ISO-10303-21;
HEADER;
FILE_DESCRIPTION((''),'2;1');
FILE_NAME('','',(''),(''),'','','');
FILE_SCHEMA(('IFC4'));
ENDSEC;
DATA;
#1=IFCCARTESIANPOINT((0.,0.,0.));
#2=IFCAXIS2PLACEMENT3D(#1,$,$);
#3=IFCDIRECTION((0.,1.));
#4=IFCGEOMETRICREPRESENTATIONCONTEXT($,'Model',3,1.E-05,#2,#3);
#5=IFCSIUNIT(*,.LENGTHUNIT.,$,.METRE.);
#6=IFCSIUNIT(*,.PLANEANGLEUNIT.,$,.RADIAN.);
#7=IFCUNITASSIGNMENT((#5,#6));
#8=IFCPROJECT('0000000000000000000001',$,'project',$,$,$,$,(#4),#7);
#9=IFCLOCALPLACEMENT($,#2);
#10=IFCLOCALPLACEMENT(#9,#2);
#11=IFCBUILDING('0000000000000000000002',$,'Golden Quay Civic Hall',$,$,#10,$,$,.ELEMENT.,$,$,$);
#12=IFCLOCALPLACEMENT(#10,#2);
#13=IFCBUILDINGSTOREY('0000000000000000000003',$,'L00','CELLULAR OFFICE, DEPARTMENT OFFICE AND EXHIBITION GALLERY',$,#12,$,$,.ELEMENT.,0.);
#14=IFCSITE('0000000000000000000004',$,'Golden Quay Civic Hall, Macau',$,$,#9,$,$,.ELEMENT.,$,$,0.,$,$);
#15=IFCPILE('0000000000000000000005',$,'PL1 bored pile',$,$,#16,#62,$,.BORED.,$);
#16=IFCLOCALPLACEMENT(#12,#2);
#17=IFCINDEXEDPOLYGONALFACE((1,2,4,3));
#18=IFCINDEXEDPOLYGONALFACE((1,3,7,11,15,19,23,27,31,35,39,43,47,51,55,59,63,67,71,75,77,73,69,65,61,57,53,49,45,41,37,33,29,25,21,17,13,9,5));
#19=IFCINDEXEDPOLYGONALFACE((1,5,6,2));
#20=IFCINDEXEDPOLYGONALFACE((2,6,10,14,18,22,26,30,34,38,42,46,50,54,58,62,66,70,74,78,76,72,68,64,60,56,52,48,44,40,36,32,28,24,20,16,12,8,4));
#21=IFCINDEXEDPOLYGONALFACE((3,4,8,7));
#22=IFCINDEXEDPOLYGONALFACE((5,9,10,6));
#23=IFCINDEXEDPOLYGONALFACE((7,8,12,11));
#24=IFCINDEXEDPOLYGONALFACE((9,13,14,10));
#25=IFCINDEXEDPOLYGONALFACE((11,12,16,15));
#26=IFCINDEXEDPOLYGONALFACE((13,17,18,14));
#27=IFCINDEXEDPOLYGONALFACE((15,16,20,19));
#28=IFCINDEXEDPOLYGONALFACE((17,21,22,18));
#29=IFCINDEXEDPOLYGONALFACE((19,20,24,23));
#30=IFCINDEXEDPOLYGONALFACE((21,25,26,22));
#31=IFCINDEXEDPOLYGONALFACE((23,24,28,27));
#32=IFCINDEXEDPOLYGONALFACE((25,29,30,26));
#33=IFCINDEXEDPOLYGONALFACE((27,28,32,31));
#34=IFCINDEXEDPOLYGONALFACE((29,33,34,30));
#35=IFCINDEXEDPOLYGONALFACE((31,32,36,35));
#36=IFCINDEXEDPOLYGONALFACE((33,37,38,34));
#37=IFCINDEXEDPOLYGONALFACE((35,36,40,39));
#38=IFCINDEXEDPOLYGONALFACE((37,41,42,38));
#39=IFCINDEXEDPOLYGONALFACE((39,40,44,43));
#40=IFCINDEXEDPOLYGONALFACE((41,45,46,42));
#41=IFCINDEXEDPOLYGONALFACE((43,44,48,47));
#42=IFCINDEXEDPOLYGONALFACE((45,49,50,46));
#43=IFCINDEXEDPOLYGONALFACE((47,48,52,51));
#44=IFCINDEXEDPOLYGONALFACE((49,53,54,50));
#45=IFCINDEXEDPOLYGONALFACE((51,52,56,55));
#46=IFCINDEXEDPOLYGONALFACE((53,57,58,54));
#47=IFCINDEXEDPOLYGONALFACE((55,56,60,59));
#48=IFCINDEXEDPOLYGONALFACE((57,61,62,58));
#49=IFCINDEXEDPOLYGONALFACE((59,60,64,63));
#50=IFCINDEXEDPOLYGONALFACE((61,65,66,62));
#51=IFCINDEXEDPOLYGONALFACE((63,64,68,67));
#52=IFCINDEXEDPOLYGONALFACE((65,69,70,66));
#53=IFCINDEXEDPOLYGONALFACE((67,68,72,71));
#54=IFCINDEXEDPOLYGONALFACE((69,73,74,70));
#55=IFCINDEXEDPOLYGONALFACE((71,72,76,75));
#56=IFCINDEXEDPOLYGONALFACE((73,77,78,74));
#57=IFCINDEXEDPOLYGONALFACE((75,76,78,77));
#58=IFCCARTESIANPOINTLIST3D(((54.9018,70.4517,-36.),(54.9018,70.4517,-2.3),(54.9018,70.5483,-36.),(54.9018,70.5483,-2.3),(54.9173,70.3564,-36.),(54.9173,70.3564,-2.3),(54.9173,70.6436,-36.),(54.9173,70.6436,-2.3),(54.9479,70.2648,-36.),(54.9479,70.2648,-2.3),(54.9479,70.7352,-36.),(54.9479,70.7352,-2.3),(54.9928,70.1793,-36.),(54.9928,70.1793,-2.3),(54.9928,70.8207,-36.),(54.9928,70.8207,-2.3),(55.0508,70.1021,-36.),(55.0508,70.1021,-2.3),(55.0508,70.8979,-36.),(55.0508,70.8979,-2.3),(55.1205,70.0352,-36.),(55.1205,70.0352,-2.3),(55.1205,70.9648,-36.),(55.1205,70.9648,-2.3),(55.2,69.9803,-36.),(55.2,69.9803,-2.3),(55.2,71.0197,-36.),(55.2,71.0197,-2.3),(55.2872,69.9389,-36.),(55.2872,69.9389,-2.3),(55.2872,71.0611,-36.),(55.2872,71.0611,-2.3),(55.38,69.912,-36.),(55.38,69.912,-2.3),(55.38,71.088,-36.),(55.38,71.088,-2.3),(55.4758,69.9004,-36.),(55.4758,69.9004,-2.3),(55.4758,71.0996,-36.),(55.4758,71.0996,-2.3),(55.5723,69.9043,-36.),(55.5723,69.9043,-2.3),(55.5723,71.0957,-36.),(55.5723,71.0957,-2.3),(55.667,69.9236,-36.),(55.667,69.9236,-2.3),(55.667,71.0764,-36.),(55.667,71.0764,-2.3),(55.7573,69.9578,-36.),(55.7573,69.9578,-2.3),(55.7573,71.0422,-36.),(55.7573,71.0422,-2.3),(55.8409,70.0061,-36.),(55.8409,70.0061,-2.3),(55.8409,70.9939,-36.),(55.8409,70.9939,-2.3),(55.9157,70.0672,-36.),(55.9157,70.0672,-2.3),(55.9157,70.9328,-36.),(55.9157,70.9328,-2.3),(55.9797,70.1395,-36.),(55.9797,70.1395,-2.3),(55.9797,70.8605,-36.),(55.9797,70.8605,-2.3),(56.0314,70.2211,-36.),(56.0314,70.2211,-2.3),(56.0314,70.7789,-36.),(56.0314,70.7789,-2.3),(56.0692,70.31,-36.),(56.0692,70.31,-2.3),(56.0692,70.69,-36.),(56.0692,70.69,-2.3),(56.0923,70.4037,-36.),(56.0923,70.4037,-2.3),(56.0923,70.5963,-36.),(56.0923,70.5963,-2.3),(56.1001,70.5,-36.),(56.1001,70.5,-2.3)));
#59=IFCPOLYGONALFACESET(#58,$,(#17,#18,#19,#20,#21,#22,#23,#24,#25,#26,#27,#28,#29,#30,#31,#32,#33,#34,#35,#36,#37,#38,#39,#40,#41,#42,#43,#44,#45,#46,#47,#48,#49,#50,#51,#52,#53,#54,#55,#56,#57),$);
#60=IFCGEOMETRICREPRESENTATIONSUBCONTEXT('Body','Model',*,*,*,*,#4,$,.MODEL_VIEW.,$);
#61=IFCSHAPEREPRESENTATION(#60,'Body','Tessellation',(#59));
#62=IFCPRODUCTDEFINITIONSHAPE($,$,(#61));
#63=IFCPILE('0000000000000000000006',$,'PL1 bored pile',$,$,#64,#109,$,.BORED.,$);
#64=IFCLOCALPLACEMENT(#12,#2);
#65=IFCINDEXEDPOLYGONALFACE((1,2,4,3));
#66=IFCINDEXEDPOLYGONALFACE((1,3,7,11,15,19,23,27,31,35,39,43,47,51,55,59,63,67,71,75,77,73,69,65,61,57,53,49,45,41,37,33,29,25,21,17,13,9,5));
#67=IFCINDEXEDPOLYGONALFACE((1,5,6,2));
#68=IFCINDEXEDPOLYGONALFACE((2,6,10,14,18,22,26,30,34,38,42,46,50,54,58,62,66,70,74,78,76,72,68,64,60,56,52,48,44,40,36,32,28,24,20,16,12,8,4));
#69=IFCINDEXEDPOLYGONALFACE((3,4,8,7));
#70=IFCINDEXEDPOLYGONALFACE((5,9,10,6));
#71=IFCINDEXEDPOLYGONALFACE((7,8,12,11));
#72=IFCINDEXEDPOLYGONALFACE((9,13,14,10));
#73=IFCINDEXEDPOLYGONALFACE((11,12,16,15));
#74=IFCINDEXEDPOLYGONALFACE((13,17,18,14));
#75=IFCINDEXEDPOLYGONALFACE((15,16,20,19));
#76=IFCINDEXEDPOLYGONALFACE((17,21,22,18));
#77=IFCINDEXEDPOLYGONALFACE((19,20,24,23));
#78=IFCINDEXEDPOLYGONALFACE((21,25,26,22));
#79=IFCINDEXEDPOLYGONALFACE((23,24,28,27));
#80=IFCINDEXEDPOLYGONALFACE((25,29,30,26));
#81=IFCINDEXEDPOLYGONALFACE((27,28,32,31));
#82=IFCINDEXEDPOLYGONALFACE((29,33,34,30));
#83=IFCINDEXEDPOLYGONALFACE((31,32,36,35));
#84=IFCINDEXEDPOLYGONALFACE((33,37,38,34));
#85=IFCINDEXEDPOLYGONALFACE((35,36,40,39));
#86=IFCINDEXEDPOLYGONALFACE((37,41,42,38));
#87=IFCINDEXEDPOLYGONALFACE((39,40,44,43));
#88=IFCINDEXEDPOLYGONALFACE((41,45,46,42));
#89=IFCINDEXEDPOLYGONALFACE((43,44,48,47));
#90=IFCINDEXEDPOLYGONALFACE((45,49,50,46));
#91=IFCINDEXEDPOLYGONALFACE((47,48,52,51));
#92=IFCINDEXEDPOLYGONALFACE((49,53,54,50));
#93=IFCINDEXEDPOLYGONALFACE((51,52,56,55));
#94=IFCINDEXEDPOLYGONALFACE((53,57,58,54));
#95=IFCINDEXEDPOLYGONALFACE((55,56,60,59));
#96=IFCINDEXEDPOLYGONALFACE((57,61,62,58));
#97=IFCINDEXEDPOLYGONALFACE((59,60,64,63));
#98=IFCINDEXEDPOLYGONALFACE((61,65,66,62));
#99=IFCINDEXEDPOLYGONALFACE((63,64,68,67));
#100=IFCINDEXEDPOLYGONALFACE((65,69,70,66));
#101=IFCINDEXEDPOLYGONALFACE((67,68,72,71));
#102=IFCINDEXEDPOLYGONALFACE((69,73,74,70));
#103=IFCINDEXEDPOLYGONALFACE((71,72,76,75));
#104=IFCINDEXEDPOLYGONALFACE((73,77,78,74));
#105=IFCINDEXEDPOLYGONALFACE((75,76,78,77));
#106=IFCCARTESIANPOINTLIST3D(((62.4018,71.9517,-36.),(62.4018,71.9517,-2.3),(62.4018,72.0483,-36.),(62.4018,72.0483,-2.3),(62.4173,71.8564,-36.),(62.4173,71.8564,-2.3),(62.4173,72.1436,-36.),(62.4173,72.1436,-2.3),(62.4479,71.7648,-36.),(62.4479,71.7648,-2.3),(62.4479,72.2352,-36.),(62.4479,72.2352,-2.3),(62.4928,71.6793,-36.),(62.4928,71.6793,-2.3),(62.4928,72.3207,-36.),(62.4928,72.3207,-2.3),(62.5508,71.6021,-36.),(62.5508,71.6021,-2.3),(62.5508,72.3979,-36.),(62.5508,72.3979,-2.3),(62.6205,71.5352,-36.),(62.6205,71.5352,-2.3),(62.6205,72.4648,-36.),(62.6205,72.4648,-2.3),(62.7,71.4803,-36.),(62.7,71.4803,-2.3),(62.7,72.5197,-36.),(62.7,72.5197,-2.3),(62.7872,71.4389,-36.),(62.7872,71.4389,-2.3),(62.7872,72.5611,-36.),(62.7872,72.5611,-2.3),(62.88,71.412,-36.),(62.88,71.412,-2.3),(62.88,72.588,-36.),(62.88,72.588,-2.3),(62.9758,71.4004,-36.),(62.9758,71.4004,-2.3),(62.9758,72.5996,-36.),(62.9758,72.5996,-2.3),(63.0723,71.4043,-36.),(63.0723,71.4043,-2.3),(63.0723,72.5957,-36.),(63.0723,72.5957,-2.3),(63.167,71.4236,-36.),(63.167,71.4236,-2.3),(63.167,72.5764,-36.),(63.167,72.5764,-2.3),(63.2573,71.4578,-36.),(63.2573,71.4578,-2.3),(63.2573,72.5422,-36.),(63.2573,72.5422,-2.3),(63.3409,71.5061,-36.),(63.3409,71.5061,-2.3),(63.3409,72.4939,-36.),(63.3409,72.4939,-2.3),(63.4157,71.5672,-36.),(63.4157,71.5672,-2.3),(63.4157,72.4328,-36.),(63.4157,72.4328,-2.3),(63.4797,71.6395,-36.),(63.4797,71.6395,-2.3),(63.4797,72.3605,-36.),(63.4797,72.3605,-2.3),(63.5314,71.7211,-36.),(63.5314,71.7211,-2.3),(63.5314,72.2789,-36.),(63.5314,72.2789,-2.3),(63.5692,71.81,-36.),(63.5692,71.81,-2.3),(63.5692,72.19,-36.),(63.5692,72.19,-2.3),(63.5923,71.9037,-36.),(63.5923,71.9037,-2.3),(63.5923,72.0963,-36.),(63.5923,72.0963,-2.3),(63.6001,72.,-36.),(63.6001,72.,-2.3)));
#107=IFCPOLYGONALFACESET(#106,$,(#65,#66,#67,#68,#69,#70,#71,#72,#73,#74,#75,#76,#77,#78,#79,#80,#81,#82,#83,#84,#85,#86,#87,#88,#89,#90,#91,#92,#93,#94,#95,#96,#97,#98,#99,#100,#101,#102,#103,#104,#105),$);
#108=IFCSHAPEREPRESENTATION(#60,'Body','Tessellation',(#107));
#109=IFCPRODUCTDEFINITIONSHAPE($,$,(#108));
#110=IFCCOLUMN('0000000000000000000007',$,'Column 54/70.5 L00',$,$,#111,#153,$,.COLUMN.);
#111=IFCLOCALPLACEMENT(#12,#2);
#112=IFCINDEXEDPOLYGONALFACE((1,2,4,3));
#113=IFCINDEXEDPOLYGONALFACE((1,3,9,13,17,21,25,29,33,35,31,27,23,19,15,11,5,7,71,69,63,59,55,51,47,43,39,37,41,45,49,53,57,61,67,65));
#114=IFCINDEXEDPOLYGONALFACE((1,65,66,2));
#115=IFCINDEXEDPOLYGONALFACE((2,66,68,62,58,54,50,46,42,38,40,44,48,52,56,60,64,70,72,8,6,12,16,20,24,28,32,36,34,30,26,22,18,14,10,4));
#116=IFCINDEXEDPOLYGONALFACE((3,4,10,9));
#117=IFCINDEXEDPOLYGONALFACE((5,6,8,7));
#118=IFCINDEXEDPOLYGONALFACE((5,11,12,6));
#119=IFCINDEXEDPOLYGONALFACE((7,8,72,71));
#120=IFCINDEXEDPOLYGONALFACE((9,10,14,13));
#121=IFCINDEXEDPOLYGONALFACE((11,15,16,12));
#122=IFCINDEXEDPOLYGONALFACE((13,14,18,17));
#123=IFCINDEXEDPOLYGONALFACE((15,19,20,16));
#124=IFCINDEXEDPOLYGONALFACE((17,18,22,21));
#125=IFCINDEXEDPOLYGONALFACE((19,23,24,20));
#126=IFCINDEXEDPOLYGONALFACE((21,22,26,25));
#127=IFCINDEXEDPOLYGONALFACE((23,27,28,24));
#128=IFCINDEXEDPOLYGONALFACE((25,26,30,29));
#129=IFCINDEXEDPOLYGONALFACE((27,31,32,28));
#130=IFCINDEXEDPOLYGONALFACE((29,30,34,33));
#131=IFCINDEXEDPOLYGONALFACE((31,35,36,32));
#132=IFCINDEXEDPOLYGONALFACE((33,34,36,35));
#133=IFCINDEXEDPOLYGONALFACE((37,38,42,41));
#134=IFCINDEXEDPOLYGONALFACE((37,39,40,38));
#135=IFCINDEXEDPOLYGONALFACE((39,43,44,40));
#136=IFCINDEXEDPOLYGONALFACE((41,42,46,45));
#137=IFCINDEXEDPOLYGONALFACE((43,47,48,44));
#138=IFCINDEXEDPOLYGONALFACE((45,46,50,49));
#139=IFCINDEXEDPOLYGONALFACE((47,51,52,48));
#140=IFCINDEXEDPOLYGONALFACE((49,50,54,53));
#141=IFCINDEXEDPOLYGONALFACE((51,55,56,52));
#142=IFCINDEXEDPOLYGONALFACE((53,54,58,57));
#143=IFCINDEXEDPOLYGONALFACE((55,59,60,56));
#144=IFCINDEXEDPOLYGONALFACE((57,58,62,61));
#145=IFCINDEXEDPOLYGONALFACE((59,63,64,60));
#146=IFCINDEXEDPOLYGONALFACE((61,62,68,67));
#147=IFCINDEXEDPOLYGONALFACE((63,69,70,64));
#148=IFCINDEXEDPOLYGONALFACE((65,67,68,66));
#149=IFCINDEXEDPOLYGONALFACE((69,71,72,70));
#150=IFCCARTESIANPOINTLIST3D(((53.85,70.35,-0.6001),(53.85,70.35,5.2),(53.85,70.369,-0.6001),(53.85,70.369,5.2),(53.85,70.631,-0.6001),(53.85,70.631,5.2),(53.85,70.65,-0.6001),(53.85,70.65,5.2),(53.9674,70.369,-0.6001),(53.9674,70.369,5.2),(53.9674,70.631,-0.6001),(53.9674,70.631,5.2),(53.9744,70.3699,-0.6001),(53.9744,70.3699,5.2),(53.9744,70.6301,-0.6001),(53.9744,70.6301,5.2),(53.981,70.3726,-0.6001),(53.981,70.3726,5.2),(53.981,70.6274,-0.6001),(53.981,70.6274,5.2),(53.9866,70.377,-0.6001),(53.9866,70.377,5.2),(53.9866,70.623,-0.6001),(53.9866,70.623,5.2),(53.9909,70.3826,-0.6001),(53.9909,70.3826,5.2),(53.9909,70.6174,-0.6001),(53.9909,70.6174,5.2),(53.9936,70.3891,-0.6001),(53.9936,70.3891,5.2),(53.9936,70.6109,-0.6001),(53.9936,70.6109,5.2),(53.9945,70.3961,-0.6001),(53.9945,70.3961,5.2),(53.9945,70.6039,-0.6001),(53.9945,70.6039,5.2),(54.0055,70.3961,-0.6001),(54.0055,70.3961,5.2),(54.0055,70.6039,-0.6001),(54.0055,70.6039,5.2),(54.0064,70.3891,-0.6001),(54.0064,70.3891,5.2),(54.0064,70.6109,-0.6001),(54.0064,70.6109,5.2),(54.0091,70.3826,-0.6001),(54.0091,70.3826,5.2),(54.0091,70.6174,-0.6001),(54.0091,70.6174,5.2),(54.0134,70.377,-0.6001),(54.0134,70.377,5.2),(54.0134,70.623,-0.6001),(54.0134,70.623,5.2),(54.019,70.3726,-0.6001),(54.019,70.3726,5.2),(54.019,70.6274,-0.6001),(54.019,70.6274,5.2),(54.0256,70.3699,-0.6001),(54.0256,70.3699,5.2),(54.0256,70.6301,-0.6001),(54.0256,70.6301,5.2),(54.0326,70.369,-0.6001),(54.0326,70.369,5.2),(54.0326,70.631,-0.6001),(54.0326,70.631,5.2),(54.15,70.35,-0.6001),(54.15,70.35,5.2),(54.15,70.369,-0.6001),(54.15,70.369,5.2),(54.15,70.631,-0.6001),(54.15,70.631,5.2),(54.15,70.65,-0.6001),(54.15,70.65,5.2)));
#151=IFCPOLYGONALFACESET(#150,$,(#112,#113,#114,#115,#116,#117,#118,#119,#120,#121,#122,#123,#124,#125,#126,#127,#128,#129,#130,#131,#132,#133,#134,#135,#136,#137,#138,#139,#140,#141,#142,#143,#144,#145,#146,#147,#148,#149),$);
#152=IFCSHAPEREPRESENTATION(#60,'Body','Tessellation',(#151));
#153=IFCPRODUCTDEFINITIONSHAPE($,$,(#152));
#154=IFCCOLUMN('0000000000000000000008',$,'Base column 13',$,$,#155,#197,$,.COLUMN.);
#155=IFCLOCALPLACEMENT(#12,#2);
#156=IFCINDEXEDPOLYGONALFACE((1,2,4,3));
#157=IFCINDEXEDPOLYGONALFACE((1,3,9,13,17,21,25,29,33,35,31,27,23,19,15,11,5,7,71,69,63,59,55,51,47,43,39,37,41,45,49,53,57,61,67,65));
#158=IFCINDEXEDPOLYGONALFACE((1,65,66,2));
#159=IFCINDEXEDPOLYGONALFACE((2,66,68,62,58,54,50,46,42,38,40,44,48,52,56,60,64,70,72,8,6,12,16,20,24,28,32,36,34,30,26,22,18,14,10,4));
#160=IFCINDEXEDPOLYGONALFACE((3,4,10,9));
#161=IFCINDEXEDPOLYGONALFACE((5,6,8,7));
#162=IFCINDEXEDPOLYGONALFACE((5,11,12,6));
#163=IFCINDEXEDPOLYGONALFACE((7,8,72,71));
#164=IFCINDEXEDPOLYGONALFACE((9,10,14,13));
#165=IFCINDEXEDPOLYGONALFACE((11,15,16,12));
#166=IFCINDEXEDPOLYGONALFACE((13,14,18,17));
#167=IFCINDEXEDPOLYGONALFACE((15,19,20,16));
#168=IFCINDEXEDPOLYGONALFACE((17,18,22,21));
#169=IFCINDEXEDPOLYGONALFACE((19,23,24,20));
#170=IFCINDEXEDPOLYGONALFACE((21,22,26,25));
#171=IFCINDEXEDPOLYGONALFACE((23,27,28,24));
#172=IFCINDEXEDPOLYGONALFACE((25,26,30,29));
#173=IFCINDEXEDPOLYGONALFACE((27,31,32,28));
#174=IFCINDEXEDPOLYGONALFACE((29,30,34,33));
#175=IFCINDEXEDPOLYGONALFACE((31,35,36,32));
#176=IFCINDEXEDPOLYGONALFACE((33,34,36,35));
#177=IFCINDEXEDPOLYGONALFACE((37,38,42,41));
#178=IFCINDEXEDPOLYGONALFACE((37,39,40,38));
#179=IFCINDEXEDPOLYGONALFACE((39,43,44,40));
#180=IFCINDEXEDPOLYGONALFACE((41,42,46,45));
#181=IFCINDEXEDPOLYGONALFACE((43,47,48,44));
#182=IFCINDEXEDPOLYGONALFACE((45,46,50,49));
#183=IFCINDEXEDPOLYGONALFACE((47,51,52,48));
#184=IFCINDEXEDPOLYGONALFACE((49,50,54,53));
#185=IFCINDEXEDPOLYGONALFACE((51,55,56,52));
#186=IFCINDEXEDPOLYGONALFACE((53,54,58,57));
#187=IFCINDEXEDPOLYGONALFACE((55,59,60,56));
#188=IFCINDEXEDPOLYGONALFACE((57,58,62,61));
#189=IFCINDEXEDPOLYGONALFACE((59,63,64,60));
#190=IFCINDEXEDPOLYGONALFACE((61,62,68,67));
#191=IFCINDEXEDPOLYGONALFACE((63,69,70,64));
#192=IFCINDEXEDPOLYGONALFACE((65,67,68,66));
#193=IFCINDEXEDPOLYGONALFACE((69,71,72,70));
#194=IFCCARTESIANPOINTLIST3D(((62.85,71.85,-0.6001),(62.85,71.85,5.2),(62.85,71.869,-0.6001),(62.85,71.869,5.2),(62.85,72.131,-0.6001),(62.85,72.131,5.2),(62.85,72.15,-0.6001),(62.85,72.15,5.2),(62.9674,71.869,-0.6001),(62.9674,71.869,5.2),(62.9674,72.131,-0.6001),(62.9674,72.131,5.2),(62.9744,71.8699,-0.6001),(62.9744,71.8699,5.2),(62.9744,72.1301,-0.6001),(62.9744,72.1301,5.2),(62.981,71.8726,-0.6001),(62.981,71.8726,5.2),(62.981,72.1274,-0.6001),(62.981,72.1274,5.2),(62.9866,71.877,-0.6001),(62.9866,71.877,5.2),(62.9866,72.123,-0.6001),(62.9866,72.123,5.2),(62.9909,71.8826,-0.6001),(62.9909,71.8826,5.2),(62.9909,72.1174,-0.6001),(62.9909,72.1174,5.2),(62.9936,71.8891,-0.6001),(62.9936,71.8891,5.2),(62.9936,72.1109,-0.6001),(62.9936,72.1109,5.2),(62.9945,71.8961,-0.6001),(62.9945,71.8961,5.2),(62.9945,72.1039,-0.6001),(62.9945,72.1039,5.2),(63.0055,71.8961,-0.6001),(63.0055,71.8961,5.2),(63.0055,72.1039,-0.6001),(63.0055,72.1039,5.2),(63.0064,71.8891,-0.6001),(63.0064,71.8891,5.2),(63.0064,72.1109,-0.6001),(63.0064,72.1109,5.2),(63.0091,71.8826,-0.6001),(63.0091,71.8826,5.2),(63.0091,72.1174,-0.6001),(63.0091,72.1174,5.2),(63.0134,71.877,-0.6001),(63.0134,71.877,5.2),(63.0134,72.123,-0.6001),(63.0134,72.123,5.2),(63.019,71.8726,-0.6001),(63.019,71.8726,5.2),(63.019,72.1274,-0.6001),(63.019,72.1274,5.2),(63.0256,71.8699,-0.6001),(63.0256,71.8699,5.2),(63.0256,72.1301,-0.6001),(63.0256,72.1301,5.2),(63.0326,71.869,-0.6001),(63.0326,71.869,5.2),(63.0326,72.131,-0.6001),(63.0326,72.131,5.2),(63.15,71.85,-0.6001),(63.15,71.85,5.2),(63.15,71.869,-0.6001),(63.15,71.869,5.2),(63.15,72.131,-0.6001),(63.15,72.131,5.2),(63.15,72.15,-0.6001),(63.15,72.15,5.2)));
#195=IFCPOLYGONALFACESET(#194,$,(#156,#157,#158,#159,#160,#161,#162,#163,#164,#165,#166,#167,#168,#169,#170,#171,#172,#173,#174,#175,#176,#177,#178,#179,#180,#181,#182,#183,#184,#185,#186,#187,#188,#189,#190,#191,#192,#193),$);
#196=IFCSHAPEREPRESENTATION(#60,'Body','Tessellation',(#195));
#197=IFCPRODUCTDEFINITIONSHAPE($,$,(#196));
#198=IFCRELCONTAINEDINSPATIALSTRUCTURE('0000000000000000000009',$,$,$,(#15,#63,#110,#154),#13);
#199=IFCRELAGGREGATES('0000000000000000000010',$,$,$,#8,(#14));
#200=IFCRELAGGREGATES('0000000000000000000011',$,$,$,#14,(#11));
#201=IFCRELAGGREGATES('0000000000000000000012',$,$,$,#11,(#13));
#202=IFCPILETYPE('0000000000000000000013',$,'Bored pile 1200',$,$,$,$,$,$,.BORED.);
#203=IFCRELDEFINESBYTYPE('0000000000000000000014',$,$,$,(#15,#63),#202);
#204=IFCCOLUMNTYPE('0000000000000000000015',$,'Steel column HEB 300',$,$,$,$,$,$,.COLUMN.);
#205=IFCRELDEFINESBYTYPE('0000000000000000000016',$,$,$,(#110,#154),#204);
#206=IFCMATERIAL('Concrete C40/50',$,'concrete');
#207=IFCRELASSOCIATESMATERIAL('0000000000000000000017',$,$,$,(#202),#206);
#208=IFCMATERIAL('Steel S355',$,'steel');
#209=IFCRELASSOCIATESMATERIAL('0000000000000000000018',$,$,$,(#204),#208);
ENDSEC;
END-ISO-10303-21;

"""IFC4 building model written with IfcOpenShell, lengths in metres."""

from ifc_helpers import new_model, si_unit, direction, frame, origin, origin_2d, place, context, subcontext, project, spatial, circle, i_section, extrude, material, material_profile, profile_set, type_object, element, save


model = new_model("IFC4")

# Units and contexts
model_context = context("Model", 3, precision=1e-05, world=origin(), true_north=direction((0.0, 1.0)))
body_context = subcontext(model_context, "Body", "Model", "MODEL_VIEW")
ifc_project = project(units=[si_unit("LENGTHUNIT", "METRE"), si_unit("PLANEANGLEUNIT", "RADIAN")], contexts=[model_context])

# Site, building, storey
site_placement = place(None, origin())
site = spatial("IfcSite", under=ifc_project, at=site_placement, Name="Golden Quay Civic Hall, Macau", CompositionType="ELEMENT", RefElevation=0.0)
building_placement = place(site_placement, origin())
building = spatial("IfcBuilding", under=site, at=building_placement, Name="Golden Quay Civic Hall", CompositionType="ELEMENT")
storey_placement = place(building_placement, origin())
storey = spatial("IfcBuildingStorey", under=building, at=storey_placement, Name="L00", Description="CELLULAR OFFICE, DEPARTMENT OFFICE AND EXHIBITION GALLERY", CompositionType="ELEMENT", Elevation=0.0)

# Piles
ifc_material_1 = material(Name="Concrete C40/50", Category="concrete")
ifc_material_profile_1 = material_profile(ifc_material_1, circle(Radius=0.6001, at=origin_2d()), Name="RC D1200")
ifc_profile_set_1 = profile_set([ifc_material_profile_1], Name="Concrete C40/50")
pile_type = type_object("IfcPileType", Name="Bored pile 1200", PredefinedType="BORED", material=ifc_profile_set_1)
for number, where, z_axis, x_axis, name in (
    (1, (55.5, 70.5, -2.3), (0.0, 0.0, -1.0), (1.0, 0.0, 0.0), "PL1 bored pile"),
    (2, (63.0, 72.0, -2.3), (0.0, 0.0, -1.0), (1.0, 0.0, 0.0), "PL1 bored pile"),
):
    element("IfcPile", number, at=place(storey_placement, frame(where, z_axis=z_axis, x_axis=x_axis)), inside=storey, type_object=pile_type, Name=name, PredefinedType="BORED", context=body_context, shape_type="SweptSolid", body=[
        extrude(circle(Radius=0.6001, at=origin_2d()), origin(), (0.0, 0.0, 1.0), 33.7),
    ])

# Columns
ifc_material_2 = material(Name="Steel S355", Category="steel")
ifc_material_profile_2 = material_profile(ifc_material_2, i_section(OverallWidth=0.3, OverallDepth=0.3, WebThickness=0.011, FlangeThickness=0.019, FilletRadius=0.0271, at=origin_2d()), Name="HEB 300")
ifc_profile_set_2 = profile_set([ifc_material_profile_2], Name="Steel S355")
column_type = type_object("IfcColumnType", Name="Steel column HEB 300", PredefinedType="COLUMN", material=ifc_profile_set_2)
for number, where, z_axis, x_axis, name in (
    (3, (54.0, 70.5, -0.6001), (0.0, 0.0, 1.0), (1.0, 0.0, 0.0), "Column 54/70.5 L00"),
    (4, (63.0, 72.0, -0.6001), (0.0, 0.0, 1.0), (1.0, 0.0, 0.0), "Base column 13"),
):
    element("IfcColumn", number, at=place(storey_placement, frame(where, z_axis=z_axis, x_axis=x_axis)), inside=storey, type_object=column_type, Name=name, PredefinedType="COLUMN", context=body_context, shape_type="SweptSolid", body=[
        extrude(i_section(OverallWidth=0.3, OverallDepth=0.3, WebThickness=0.011, FlangeThickness=0.019, FilletRadius=0.0271, at=origin_2d()), origin(), (0.0, 0.0, 1.0), 5.8),
    ])

save(model, "model.ifc")
